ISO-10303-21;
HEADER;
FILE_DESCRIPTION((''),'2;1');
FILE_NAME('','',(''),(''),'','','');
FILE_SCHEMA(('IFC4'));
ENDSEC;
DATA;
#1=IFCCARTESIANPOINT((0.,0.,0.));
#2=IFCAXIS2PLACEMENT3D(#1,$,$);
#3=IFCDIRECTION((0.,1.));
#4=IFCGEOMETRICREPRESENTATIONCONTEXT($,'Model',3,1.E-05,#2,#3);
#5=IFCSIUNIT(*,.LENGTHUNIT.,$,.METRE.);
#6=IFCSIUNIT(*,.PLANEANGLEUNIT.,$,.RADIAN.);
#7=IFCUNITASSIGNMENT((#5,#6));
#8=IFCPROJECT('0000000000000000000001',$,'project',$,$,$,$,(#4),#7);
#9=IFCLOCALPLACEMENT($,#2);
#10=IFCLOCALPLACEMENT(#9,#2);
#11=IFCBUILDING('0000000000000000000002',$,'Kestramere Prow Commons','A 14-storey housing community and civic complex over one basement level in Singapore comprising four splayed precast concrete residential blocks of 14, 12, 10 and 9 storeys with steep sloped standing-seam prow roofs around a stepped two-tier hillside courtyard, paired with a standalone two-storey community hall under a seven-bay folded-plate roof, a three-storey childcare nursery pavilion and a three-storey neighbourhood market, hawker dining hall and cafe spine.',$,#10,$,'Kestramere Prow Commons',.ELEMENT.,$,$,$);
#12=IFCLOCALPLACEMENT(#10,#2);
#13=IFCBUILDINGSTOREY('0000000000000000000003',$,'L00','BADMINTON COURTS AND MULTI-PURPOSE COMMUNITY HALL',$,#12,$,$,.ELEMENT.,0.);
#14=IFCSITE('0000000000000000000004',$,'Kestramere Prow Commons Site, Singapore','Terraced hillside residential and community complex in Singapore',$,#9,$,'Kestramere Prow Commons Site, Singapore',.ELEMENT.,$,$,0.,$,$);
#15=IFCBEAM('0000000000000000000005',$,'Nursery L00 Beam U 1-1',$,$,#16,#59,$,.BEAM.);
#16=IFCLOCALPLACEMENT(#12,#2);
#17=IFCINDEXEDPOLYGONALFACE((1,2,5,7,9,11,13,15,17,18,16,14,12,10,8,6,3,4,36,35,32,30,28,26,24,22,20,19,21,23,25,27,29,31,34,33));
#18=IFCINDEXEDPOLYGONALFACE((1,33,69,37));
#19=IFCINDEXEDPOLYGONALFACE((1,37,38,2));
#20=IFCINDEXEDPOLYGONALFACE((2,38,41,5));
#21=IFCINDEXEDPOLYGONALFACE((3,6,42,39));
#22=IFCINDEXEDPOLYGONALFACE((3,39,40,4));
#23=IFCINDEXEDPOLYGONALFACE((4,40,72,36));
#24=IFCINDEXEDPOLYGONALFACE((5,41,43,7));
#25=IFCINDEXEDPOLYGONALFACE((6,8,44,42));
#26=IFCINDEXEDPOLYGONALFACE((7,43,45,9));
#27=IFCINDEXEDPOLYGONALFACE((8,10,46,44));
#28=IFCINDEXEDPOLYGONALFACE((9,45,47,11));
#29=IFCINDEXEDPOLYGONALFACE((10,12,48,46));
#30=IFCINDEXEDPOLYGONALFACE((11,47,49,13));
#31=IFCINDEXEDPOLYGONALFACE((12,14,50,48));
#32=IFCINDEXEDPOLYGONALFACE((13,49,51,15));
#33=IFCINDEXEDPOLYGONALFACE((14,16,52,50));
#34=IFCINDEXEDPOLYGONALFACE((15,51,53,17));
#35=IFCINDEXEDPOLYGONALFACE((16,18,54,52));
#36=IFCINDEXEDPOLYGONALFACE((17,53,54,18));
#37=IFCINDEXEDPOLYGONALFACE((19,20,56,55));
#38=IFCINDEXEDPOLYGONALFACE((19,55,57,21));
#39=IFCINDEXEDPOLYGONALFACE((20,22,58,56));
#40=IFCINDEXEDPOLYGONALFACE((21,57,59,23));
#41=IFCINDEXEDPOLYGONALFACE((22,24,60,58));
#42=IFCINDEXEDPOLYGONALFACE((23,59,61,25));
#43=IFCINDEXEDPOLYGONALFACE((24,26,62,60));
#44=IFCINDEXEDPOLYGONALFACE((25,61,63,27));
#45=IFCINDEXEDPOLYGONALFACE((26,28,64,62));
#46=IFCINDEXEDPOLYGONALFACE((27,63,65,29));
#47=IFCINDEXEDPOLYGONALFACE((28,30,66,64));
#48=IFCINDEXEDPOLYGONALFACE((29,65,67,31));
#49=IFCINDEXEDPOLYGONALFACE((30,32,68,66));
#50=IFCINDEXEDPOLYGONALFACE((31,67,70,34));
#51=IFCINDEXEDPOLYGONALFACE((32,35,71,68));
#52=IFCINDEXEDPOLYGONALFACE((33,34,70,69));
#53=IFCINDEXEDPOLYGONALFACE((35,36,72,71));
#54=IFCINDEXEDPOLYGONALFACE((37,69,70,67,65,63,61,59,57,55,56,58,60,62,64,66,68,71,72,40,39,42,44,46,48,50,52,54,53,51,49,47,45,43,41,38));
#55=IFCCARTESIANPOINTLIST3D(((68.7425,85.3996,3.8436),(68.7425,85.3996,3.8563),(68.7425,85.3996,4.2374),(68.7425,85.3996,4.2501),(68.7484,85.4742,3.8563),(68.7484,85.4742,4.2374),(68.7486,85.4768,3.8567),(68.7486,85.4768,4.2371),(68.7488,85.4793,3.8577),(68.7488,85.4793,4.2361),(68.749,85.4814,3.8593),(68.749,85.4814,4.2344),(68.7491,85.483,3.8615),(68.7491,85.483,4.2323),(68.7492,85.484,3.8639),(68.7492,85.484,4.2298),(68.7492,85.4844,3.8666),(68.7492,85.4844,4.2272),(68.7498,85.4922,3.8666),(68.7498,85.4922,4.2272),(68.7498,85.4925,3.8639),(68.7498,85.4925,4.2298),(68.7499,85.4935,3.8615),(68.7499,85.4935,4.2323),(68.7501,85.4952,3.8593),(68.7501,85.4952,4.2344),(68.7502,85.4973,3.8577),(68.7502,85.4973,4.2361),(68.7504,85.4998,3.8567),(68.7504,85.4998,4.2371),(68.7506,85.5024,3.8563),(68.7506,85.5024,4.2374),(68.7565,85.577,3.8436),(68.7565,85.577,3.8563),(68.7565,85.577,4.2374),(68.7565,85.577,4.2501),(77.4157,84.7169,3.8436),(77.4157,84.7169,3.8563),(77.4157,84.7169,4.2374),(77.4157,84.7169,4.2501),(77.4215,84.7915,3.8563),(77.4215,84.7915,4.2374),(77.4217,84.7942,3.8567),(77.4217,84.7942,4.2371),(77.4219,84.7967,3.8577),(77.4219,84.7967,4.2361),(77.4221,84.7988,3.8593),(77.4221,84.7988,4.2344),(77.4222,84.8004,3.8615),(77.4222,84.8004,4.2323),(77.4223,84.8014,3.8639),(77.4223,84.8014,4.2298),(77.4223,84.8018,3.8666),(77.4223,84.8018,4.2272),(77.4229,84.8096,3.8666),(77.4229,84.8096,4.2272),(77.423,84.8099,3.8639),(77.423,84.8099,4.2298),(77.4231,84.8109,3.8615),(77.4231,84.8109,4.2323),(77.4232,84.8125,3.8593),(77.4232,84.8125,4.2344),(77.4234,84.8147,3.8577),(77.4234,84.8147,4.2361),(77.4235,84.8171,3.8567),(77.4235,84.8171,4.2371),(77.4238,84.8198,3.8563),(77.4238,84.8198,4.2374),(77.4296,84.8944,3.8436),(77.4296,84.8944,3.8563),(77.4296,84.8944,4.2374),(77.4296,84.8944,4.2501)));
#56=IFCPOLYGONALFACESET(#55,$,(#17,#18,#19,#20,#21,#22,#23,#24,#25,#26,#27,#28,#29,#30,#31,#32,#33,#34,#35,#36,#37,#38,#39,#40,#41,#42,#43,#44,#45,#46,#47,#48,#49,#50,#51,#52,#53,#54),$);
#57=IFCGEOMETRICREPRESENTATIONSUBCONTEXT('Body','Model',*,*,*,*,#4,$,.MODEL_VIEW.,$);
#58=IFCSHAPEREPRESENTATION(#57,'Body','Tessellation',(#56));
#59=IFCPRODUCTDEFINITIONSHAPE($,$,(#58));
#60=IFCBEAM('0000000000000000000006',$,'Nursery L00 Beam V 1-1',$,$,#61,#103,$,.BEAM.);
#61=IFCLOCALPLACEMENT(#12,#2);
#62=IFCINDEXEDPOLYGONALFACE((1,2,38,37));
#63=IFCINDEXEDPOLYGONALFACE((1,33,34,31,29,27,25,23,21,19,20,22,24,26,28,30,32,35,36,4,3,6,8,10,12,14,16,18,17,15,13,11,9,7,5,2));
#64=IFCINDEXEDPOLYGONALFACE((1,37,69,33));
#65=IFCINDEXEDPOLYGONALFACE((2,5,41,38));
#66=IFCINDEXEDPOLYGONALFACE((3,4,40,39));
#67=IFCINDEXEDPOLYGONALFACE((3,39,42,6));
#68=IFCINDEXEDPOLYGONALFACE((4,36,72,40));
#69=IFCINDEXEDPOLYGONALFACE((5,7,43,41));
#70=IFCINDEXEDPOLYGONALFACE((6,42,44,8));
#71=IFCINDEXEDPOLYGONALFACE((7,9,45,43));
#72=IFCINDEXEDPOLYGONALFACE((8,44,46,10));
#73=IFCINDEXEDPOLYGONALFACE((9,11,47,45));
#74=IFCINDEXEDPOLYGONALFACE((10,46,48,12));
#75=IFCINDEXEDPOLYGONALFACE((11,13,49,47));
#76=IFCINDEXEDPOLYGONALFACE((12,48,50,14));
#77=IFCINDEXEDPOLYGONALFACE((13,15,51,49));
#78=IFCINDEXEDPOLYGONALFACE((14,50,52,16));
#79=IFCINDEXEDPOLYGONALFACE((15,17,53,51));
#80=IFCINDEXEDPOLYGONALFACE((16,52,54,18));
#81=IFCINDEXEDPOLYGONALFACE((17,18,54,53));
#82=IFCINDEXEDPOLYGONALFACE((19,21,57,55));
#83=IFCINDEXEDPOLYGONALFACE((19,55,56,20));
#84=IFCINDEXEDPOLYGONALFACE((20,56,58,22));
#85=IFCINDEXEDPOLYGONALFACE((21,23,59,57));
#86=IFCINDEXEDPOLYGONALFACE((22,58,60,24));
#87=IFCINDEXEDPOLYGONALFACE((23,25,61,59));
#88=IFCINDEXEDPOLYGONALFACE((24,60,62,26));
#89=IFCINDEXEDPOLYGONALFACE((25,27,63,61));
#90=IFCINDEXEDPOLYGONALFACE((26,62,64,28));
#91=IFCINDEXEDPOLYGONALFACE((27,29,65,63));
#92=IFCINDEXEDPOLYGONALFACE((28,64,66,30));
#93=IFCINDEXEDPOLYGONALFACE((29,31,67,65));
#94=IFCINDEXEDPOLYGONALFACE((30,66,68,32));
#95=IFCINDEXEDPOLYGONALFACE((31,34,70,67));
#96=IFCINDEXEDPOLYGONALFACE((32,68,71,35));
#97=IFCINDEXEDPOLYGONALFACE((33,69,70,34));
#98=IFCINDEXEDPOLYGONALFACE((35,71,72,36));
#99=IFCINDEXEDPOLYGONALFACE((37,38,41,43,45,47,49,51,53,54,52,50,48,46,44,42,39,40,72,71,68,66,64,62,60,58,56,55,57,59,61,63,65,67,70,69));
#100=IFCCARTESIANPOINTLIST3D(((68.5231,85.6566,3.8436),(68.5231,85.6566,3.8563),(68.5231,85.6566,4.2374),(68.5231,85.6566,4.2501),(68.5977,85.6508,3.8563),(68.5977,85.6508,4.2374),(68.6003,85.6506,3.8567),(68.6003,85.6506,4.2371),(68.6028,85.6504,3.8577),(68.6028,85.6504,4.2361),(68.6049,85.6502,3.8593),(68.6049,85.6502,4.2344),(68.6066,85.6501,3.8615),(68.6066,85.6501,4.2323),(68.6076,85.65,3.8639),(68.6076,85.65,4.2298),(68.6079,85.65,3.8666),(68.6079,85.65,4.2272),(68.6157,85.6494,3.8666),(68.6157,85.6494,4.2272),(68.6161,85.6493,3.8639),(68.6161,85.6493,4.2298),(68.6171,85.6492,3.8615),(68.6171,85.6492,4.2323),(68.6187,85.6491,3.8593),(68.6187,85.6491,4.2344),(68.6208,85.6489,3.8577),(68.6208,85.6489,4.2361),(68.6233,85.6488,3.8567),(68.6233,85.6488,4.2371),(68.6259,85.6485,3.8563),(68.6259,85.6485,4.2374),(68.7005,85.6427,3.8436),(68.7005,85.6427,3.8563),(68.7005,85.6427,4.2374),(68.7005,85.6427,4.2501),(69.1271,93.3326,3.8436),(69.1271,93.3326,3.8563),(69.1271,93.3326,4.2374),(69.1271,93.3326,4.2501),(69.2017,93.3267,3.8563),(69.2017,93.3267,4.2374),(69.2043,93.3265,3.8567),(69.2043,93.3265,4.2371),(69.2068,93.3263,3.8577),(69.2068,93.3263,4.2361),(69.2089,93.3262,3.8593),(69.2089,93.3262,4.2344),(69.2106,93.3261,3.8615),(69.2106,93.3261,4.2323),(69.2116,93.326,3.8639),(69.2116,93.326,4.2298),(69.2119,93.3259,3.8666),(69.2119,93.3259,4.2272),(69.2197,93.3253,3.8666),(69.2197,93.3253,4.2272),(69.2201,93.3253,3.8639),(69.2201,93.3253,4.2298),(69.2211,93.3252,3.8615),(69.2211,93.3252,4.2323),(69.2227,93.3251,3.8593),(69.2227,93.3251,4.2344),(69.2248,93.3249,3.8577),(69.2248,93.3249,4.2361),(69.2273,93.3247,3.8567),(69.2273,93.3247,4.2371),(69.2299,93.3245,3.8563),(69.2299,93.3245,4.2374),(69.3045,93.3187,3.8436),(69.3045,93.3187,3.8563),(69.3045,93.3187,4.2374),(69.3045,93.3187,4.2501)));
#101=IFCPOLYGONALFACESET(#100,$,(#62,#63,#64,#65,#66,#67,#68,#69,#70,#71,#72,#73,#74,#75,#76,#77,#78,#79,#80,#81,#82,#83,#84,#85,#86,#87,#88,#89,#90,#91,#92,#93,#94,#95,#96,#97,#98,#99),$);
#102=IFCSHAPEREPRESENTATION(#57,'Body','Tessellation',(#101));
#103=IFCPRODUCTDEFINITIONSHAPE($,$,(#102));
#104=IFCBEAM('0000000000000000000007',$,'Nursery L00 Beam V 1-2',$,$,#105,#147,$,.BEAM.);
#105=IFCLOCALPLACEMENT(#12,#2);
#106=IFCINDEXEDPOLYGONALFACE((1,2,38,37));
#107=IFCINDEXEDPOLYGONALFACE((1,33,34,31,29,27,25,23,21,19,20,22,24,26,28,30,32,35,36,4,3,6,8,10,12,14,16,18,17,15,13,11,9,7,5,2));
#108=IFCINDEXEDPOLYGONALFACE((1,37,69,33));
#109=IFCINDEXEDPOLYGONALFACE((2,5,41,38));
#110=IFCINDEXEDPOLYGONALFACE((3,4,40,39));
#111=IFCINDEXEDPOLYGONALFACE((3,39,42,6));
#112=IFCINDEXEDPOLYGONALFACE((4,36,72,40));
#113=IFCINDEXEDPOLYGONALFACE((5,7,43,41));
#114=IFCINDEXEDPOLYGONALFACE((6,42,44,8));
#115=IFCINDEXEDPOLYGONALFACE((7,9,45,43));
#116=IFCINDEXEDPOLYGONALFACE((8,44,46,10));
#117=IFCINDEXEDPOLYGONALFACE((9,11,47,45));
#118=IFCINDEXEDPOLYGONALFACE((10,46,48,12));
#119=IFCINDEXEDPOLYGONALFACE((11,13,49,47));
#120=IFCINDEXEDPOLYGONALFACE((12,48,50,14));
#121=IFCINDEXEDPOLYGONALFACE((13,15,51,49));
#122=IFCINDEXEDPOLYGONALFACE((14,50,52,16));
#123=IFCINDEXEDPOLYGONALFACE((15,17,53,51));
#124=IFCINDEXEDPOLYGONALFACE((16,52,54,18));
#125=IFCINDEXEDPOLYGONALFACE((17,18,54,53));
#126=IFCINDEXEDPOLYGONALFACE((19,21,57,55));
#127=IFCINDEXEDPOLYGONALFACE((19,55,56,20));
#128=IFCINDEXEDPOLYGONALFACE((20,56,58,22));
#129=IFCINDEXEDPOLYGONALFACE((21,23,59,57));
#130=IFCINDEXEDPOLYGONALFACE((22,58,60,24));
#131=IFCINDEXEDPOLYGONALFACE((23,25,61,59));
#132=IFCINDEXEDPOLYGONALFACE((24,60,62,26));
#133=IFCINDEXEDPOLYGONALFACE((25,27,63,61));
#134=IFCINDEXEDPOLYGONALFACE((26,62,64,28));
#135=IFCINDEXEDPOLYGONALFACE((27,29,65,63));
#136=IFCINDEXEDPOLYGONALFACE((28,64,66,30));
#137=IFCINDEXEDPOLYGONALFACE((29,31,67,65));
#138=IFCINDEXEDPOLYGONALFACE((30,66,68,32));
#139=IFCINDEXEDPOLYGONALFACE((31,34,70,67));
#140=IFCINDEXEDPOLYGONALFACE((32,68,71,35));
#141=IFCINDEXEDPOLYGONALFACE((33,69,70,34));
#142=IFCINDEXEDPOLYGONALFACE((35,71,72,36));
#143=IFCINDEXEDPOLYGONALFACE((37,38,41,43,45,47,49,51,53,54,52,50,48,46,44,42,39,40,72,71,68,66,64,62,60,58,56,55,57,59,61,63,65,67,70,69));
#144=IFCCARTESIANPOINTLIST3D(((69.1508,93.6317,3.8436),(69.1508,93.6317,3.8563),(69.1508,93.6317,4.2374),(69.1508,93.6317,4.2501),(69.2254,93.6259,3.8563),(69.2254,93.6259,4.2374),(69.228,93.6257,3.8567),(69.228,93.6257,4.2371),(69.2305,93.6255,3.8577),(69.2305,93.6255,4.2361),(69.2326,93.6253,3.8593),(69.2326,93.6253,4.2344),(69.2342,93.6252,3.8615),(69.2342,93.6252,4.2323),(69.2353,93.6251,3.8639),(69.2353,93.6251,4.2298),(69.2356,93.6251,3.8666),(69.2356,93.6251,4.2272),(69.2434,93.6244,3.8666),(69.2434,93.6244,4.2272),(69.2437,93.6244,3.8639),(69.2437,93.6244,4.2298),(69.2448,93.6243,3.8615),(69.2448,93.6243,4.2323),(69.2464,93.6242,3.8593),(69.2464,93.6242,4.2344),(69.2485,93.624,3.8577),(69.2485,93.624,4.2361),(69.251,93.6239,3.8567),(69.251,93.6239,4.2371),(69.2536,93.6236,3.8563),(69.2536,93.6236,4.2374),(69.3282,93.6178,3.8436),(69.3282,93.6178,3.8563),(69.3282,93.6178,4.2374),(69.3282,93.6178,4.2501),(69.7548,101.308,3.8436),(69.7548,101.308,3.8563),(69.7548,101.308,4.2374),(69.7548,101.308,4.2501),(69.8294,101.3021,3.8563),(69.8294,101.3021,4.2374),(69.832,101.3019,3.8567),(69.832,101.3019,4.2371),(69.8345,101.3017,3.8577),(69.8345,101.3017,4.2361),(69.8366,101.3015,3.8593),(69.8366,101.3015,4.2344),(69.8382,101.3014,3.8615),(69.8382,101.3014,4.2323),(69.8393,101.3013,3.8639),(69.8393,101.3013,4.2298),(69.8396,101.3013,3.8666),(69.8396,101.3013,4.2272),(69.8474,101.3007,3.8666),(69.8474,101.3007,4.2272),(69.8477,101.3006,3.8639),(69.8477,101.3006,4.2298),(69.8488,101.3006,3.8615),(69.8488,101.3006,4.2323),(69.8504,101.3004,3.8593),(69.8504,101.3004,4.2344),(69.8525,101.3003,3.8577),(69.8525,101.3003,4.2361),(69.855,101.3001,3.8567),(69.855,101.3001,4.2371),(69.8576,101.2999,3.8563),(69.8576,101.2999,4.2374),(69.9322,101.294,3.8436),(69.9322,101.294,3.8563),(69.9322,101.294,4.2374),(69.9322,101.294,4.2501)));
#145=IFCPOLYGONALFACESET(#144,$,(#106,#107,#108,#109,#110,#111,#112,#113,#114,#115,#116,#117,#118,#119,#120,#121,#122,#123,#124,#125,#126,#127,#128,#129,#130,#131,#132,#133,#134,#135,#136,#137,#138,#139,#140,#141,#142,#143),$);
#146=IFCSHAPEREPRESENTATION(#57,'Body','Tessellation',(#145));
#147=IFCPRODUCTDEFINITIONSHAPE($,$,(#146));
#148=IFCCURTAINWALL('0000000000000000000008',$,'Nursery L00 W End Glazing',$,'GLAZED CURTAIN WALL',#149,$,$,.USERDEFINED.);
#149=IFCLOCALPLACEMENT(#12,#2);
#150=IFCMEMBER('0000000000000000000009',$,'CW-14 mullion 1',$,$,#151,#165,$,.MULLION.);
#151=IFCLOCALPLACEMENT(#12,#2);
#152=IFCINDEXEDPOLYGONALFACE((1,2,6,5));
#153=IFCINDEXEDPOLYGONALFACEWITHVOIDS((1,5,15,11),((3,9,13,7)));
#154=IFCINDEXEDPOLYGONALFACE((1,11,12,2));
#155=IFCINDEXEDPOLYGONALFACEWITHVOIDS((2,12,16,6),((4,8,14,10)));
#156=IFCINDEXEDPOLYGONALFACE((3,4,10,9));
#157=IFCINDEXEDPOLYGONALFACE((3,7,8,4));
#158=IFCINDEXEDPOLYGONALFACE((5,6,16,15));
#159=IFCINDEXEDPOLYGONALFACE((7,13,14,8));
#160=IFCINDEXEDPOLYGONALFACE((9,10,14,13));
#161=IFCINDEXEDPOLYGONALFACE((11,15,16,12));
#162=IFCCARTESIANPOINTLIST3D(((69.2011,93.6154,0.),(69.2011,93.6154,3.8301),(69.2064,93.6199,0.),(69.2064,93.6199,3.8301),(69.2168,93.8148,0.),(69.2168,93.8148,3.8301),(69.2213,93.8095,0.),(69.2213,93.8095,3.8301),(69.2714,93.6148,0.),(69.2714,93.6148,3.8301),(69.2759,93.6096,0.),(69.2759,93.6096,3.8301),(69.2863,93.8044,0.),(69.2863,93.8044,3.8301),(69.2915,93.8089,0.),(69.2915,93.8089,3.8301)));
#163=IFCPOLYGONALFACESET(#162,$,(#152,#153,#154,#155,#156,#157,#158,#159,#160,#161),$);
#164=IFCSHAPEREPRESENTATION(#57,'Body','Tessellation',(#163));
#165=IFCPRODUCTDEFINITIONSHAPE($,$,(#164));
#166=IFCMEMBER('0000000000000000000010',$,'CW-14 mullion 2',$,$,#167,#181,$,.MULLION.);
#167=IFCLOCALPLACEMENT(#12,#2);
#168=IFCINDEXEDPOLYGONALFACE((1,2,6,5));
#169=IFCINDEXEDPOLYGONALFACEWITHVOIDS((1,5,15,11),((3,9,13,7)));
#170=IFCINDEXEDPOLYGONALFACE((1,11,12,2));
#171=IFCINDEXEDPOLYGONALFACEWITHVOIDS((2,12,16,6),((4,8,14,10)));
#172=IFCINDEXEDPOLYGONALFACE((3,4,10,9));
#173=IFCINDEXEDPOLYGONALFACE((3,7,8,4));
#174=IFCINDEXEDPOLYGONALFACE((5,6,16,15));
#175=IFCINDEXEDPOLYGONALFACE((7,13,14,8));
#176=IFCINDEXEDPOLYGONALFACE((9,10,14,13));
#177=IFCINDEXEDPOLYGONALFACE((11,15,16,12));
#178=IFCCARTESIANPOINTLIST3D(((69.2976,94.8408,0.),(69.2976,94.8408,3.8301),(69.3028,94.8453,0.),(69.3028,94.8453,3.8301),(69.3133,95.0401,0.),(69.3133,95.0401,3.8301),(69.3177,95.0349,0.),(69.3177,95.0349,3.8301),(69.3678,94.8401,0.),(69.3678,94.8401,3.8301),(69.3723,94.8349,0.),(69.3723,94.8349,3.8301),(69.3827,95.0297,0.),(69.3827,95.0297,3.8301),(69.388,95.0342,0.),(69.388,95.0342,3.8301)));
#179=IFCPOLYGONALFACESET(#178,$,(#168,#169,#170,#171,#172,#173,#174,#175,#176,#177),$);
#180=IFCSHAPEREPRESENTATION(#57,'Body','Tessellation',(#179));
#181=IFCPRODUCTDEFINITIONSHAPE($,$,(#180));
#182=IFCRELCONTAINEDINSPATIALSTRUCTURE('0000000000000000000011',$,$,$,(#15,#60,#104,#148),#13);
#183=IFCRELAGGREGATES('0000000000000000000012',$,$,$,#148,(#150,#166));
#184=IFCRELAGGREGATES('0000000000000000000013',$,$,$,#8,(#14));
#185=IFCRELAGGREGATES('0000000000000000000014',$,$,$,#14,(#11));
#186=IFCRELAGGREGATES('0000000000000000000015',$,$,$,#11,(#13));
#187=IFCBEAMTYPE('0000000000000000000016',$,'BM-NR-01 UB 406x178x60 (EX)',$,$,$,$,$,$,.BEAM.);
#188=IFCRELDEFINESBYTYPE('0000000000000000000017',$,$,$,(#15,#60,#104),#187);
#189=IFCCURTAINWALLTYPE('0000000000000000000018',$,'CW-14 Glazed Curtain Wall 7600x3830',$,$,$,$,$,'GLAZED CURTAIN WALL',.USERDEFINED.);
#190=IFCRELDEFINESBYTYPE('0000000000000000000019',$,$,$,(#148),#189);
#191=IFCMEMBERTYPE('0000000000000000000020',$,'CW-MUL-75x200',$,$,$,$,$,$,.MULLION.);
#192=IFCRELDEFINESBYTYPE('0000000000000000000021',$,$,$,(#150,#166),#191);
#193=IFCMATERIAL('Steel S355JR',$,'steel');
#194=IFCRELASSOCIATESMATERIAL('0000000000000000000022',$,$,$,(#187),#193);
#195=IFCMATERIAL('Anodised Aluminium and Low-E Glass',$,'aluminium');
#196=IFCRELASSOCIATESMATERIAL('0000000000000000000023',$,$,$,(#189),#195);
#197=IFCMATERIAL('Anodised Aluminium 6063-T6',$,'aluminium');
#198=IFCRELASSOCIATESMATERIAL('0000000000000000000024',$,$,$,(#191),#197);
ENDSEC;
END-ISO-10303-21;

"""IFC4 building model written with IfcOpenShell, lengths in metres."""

from ifc_helpers import new_model, si_unit, direction, frame, origin, origin_2d, place, context, subcontext, project, spatial, hollow_rectangle, i_section, extrude, material, material_profile, profile_set, type_object, element, aggregate, save


model = new_model("IFC4")

# Units and contexts
model_context = context("Model", 3, precision=1e-05, world=origin(), true_north=direction((0.0, 1.0)))
body_context = subcontext(model_context, "Body", "Model", "MODEL_VIEW")
ifc_project = project(units=[si_unit("LENGTHUNIT", "METRE"), si_unit("PLANEANGLEUNIT", "RADIAN")], contexts=[model_context])

# Site, building, storey
site_placement = place(None, origin())
site = spatial("IfcSite", under=ifc_project, at=site_placement, Name="Kestramere Prow Commons Site, Singapore", Description="Terraced hillside residential and community complex in Singapore", LongName="Kestramere Prow Commons Site, Singapore", CompositionType="ELEMENT", RefElevation=0.0)
building_placement = place(site_placement, origin())
building = spatial("IfcBuilding", under=site, at=building_placement, Name="Kestramere Prow Commons", Description="A 14-storey housing community and civic complex over one basement level in Singapore comprising four splayed precast concrete residential blocks of 14, 12, 10 and 9 storeys with steep sloped standing-seam prow roofs around a stepped two-tier hillside courtyard, paired with a standalone two-storey community hall under a seven-bay folded-plate roof, a three-storey childcare nursery pavilion and a three-storey neighbourhood market, hawker dining hall and cafe spine.", LongName="Kestramere Prow Commons", CompositionType="ELEMENT")
storey_placement = place(building_placement, origin())
storey = spatial("IfcBuildingStorey", under=building, at=storey_placement, Name="L00", Description="BADMINTON COURTS AND MULTI-PURPOSE COMMUNITY HALL", CompositionType="ELEMENT", Elevation=0.0)

# Shared definitions
ifc_material_1 = material(Name="Steel S355JR", Category="steel")

# Beams
ifc_material_profile_1 = material_profile(ifc_material_1, i_section(OverallWidth=0.178, OverallDepth=0.4065, WebThickness=0.0078, FlangeThickness=0.0127, FilletRadius=0.0103, at=origin_2d()), Name="UB 406x178x60")
ifc_profile_set_1 = profile_set([ifc_material_profile_1], Name="Steel S355JR")
beam_type_1 = type_object("IfcBeamType", Name="BM-NR-01 UB 406x178x60 (EX)", PredefinedType="BEAM", material=ifc_profile_set_1)
beam_1_placement = place(storey_placement, frame((68.7495, 85.4883, 4.0469), z_axis=(0.996917, -0.078462, 0.0), x_axis=(0.078462, 0.996917, 0.0)))
element("IfcBeam", 1, at=beam_1_placement, inside=storey, type_object=beam_type_1, Name="Nursery L00 Beam U 1-1", PredefinedType="BEAM", context=body_context, shape_type="SweptSolid", body=[
    extrude(i_section(OverallWidth=0.178, OverallDepth=0.4065, WebThickness=0.0078, FlangeThickness=0.0127, FilletRadius=0.0103, at=origin_2d()), origin(), (0.0, 0.0, 1.0), 8.7),
])
beam_2_placement = place(storey_placement, frame((68.6118, 85.6497, 4.0469), z_axis=(0.078445, 0.996918, 0.0), x_axis=(-0.996918, 0.078445, 0.0)))
element("IfcBeam", 2, at=beam_2_placement, inside=storey, type_object=beam_type_1, Name="Nursery L00 Beam V 1-1", PredefinedType="BEAM", context=body_context, shape_type="SweptSolid", body=[
    extrude(i_section(OverallWidth=0.178, OverallDepth=0.4065, WebThickness=0.0078, FlangeThickness=0.0127, FilletRadius=0.0103, at=origin_2d()), origin(), (0.0, 0.0, 1.0), 7.6997),
])
beam_3_placement = place(storey_placement, frame((69.2395, 93.6248, 4.0469), z_axis=(0.078442, 0.996919, 0.0), x_axis=(-0.996919, 0.078442, 0.0)))
element("IfcBeam", 3, at=beam_3_placement, inside=storey, type_object=beam_type_1, Name="Nursery L00 Beam V 1-2", PredefinedType="BEAM", context=body_context, shape_type="SweptSolid", body=[
    extrude(i_section(OverallWidth=0.178, OverallDepth=0.4065, WebThickness=0.0078, FlangeThickness=0.0127, FilletRadius=0.0103, at=origin_2d()), origin(), (0.0, 0.0, 1.0), 7.7),
])

# Curtain wall, members
ifc_material_2 = material(Name="Anodised Aluminium and Low-E Glass", Category="aluminium")
curtain_wall_type = type_object("IfcCurtainWallType", Name="CW-14 Glazed Curtain Wall 7600x3830", ElementType="GLAZED CURTAIN WALL", PredefinedType="USERDEFINED", material=ifc_material_2)
curtain_wall_placement = place(storey_placement, origin())
curtain_wall = element("IfcCurtainWall", 4, at=curtain_wall_placement, inside=storey, type_object=curtain_wall_type, Name="Nursery L00 W End Glazing", ObjectType="GLAZED CURTAIN WALL", PredefinedType="USERDEFINED")
ifc_material_3 = material(Name="Anodised Aluminium 6063-T6", Category="aluminium")
ifc_material_profile_2 = material_profile(ifc_material_3, hollow_rectangle(XDim=0.075, YDim=0.2, WallThickness=0.0049, at=origin_2d()), Name="ALU-MUL 75x200")
ifc_profile_set_2 = profile_set([ifc_material_profile_2], Name="Anodised Aluminium 6063-T6")
member_type_1 = type_object("IfcMemberType", Name="CW-MUL-75x200", PredefinedType="MULLION", material=ifc_profile_set_2)
member_1_placement = place(storey_placement, frame((69.2463, 93.7122, 0.0), z_axis=(0.0, 0.0, 1.0), x_axis=(-0.996917, 0.078459, 0.0)))
member_1 = element("IfcMember", 5, at=member_1_placement, type_object=member_type_1, Name="CW-14 mullion 1", PredefinedType="MULLION", context=body_context, shape_type="SweptSolid", body=[
    extrude(hollow_rectangle(XDim=0.075, YDim=0.2, WallThickness=0.0049, at=origin_2d()), origin(), (0.0, 0.0, 1.0), 3.8301),
])
member_2_placement = place(storey_placement, frame((69.3428, 94.9375, 0.0), z_axis=(0.0, 0.0, 1.0), x_axis=(-0.996917, 0.078459, 0.0)))
member_2 = element("IfcMember", 6, at=member_2_placement, type_object=member_type_1, Name="CW-14 mullion 2", PredefinedType="MULLION", context=body_context, shape_type="SweptSolid", body=[
    extrude(hollow_rectangle(XDim=0.075, YDim=0.2, WallThickness=0.0049, at=origin_2d()), origin(), (0.0, 0.0, 1.0), 3.8301),
])
aggregate(curtain_wall, [member_1, member_2])

save(model, "model.ifc")
